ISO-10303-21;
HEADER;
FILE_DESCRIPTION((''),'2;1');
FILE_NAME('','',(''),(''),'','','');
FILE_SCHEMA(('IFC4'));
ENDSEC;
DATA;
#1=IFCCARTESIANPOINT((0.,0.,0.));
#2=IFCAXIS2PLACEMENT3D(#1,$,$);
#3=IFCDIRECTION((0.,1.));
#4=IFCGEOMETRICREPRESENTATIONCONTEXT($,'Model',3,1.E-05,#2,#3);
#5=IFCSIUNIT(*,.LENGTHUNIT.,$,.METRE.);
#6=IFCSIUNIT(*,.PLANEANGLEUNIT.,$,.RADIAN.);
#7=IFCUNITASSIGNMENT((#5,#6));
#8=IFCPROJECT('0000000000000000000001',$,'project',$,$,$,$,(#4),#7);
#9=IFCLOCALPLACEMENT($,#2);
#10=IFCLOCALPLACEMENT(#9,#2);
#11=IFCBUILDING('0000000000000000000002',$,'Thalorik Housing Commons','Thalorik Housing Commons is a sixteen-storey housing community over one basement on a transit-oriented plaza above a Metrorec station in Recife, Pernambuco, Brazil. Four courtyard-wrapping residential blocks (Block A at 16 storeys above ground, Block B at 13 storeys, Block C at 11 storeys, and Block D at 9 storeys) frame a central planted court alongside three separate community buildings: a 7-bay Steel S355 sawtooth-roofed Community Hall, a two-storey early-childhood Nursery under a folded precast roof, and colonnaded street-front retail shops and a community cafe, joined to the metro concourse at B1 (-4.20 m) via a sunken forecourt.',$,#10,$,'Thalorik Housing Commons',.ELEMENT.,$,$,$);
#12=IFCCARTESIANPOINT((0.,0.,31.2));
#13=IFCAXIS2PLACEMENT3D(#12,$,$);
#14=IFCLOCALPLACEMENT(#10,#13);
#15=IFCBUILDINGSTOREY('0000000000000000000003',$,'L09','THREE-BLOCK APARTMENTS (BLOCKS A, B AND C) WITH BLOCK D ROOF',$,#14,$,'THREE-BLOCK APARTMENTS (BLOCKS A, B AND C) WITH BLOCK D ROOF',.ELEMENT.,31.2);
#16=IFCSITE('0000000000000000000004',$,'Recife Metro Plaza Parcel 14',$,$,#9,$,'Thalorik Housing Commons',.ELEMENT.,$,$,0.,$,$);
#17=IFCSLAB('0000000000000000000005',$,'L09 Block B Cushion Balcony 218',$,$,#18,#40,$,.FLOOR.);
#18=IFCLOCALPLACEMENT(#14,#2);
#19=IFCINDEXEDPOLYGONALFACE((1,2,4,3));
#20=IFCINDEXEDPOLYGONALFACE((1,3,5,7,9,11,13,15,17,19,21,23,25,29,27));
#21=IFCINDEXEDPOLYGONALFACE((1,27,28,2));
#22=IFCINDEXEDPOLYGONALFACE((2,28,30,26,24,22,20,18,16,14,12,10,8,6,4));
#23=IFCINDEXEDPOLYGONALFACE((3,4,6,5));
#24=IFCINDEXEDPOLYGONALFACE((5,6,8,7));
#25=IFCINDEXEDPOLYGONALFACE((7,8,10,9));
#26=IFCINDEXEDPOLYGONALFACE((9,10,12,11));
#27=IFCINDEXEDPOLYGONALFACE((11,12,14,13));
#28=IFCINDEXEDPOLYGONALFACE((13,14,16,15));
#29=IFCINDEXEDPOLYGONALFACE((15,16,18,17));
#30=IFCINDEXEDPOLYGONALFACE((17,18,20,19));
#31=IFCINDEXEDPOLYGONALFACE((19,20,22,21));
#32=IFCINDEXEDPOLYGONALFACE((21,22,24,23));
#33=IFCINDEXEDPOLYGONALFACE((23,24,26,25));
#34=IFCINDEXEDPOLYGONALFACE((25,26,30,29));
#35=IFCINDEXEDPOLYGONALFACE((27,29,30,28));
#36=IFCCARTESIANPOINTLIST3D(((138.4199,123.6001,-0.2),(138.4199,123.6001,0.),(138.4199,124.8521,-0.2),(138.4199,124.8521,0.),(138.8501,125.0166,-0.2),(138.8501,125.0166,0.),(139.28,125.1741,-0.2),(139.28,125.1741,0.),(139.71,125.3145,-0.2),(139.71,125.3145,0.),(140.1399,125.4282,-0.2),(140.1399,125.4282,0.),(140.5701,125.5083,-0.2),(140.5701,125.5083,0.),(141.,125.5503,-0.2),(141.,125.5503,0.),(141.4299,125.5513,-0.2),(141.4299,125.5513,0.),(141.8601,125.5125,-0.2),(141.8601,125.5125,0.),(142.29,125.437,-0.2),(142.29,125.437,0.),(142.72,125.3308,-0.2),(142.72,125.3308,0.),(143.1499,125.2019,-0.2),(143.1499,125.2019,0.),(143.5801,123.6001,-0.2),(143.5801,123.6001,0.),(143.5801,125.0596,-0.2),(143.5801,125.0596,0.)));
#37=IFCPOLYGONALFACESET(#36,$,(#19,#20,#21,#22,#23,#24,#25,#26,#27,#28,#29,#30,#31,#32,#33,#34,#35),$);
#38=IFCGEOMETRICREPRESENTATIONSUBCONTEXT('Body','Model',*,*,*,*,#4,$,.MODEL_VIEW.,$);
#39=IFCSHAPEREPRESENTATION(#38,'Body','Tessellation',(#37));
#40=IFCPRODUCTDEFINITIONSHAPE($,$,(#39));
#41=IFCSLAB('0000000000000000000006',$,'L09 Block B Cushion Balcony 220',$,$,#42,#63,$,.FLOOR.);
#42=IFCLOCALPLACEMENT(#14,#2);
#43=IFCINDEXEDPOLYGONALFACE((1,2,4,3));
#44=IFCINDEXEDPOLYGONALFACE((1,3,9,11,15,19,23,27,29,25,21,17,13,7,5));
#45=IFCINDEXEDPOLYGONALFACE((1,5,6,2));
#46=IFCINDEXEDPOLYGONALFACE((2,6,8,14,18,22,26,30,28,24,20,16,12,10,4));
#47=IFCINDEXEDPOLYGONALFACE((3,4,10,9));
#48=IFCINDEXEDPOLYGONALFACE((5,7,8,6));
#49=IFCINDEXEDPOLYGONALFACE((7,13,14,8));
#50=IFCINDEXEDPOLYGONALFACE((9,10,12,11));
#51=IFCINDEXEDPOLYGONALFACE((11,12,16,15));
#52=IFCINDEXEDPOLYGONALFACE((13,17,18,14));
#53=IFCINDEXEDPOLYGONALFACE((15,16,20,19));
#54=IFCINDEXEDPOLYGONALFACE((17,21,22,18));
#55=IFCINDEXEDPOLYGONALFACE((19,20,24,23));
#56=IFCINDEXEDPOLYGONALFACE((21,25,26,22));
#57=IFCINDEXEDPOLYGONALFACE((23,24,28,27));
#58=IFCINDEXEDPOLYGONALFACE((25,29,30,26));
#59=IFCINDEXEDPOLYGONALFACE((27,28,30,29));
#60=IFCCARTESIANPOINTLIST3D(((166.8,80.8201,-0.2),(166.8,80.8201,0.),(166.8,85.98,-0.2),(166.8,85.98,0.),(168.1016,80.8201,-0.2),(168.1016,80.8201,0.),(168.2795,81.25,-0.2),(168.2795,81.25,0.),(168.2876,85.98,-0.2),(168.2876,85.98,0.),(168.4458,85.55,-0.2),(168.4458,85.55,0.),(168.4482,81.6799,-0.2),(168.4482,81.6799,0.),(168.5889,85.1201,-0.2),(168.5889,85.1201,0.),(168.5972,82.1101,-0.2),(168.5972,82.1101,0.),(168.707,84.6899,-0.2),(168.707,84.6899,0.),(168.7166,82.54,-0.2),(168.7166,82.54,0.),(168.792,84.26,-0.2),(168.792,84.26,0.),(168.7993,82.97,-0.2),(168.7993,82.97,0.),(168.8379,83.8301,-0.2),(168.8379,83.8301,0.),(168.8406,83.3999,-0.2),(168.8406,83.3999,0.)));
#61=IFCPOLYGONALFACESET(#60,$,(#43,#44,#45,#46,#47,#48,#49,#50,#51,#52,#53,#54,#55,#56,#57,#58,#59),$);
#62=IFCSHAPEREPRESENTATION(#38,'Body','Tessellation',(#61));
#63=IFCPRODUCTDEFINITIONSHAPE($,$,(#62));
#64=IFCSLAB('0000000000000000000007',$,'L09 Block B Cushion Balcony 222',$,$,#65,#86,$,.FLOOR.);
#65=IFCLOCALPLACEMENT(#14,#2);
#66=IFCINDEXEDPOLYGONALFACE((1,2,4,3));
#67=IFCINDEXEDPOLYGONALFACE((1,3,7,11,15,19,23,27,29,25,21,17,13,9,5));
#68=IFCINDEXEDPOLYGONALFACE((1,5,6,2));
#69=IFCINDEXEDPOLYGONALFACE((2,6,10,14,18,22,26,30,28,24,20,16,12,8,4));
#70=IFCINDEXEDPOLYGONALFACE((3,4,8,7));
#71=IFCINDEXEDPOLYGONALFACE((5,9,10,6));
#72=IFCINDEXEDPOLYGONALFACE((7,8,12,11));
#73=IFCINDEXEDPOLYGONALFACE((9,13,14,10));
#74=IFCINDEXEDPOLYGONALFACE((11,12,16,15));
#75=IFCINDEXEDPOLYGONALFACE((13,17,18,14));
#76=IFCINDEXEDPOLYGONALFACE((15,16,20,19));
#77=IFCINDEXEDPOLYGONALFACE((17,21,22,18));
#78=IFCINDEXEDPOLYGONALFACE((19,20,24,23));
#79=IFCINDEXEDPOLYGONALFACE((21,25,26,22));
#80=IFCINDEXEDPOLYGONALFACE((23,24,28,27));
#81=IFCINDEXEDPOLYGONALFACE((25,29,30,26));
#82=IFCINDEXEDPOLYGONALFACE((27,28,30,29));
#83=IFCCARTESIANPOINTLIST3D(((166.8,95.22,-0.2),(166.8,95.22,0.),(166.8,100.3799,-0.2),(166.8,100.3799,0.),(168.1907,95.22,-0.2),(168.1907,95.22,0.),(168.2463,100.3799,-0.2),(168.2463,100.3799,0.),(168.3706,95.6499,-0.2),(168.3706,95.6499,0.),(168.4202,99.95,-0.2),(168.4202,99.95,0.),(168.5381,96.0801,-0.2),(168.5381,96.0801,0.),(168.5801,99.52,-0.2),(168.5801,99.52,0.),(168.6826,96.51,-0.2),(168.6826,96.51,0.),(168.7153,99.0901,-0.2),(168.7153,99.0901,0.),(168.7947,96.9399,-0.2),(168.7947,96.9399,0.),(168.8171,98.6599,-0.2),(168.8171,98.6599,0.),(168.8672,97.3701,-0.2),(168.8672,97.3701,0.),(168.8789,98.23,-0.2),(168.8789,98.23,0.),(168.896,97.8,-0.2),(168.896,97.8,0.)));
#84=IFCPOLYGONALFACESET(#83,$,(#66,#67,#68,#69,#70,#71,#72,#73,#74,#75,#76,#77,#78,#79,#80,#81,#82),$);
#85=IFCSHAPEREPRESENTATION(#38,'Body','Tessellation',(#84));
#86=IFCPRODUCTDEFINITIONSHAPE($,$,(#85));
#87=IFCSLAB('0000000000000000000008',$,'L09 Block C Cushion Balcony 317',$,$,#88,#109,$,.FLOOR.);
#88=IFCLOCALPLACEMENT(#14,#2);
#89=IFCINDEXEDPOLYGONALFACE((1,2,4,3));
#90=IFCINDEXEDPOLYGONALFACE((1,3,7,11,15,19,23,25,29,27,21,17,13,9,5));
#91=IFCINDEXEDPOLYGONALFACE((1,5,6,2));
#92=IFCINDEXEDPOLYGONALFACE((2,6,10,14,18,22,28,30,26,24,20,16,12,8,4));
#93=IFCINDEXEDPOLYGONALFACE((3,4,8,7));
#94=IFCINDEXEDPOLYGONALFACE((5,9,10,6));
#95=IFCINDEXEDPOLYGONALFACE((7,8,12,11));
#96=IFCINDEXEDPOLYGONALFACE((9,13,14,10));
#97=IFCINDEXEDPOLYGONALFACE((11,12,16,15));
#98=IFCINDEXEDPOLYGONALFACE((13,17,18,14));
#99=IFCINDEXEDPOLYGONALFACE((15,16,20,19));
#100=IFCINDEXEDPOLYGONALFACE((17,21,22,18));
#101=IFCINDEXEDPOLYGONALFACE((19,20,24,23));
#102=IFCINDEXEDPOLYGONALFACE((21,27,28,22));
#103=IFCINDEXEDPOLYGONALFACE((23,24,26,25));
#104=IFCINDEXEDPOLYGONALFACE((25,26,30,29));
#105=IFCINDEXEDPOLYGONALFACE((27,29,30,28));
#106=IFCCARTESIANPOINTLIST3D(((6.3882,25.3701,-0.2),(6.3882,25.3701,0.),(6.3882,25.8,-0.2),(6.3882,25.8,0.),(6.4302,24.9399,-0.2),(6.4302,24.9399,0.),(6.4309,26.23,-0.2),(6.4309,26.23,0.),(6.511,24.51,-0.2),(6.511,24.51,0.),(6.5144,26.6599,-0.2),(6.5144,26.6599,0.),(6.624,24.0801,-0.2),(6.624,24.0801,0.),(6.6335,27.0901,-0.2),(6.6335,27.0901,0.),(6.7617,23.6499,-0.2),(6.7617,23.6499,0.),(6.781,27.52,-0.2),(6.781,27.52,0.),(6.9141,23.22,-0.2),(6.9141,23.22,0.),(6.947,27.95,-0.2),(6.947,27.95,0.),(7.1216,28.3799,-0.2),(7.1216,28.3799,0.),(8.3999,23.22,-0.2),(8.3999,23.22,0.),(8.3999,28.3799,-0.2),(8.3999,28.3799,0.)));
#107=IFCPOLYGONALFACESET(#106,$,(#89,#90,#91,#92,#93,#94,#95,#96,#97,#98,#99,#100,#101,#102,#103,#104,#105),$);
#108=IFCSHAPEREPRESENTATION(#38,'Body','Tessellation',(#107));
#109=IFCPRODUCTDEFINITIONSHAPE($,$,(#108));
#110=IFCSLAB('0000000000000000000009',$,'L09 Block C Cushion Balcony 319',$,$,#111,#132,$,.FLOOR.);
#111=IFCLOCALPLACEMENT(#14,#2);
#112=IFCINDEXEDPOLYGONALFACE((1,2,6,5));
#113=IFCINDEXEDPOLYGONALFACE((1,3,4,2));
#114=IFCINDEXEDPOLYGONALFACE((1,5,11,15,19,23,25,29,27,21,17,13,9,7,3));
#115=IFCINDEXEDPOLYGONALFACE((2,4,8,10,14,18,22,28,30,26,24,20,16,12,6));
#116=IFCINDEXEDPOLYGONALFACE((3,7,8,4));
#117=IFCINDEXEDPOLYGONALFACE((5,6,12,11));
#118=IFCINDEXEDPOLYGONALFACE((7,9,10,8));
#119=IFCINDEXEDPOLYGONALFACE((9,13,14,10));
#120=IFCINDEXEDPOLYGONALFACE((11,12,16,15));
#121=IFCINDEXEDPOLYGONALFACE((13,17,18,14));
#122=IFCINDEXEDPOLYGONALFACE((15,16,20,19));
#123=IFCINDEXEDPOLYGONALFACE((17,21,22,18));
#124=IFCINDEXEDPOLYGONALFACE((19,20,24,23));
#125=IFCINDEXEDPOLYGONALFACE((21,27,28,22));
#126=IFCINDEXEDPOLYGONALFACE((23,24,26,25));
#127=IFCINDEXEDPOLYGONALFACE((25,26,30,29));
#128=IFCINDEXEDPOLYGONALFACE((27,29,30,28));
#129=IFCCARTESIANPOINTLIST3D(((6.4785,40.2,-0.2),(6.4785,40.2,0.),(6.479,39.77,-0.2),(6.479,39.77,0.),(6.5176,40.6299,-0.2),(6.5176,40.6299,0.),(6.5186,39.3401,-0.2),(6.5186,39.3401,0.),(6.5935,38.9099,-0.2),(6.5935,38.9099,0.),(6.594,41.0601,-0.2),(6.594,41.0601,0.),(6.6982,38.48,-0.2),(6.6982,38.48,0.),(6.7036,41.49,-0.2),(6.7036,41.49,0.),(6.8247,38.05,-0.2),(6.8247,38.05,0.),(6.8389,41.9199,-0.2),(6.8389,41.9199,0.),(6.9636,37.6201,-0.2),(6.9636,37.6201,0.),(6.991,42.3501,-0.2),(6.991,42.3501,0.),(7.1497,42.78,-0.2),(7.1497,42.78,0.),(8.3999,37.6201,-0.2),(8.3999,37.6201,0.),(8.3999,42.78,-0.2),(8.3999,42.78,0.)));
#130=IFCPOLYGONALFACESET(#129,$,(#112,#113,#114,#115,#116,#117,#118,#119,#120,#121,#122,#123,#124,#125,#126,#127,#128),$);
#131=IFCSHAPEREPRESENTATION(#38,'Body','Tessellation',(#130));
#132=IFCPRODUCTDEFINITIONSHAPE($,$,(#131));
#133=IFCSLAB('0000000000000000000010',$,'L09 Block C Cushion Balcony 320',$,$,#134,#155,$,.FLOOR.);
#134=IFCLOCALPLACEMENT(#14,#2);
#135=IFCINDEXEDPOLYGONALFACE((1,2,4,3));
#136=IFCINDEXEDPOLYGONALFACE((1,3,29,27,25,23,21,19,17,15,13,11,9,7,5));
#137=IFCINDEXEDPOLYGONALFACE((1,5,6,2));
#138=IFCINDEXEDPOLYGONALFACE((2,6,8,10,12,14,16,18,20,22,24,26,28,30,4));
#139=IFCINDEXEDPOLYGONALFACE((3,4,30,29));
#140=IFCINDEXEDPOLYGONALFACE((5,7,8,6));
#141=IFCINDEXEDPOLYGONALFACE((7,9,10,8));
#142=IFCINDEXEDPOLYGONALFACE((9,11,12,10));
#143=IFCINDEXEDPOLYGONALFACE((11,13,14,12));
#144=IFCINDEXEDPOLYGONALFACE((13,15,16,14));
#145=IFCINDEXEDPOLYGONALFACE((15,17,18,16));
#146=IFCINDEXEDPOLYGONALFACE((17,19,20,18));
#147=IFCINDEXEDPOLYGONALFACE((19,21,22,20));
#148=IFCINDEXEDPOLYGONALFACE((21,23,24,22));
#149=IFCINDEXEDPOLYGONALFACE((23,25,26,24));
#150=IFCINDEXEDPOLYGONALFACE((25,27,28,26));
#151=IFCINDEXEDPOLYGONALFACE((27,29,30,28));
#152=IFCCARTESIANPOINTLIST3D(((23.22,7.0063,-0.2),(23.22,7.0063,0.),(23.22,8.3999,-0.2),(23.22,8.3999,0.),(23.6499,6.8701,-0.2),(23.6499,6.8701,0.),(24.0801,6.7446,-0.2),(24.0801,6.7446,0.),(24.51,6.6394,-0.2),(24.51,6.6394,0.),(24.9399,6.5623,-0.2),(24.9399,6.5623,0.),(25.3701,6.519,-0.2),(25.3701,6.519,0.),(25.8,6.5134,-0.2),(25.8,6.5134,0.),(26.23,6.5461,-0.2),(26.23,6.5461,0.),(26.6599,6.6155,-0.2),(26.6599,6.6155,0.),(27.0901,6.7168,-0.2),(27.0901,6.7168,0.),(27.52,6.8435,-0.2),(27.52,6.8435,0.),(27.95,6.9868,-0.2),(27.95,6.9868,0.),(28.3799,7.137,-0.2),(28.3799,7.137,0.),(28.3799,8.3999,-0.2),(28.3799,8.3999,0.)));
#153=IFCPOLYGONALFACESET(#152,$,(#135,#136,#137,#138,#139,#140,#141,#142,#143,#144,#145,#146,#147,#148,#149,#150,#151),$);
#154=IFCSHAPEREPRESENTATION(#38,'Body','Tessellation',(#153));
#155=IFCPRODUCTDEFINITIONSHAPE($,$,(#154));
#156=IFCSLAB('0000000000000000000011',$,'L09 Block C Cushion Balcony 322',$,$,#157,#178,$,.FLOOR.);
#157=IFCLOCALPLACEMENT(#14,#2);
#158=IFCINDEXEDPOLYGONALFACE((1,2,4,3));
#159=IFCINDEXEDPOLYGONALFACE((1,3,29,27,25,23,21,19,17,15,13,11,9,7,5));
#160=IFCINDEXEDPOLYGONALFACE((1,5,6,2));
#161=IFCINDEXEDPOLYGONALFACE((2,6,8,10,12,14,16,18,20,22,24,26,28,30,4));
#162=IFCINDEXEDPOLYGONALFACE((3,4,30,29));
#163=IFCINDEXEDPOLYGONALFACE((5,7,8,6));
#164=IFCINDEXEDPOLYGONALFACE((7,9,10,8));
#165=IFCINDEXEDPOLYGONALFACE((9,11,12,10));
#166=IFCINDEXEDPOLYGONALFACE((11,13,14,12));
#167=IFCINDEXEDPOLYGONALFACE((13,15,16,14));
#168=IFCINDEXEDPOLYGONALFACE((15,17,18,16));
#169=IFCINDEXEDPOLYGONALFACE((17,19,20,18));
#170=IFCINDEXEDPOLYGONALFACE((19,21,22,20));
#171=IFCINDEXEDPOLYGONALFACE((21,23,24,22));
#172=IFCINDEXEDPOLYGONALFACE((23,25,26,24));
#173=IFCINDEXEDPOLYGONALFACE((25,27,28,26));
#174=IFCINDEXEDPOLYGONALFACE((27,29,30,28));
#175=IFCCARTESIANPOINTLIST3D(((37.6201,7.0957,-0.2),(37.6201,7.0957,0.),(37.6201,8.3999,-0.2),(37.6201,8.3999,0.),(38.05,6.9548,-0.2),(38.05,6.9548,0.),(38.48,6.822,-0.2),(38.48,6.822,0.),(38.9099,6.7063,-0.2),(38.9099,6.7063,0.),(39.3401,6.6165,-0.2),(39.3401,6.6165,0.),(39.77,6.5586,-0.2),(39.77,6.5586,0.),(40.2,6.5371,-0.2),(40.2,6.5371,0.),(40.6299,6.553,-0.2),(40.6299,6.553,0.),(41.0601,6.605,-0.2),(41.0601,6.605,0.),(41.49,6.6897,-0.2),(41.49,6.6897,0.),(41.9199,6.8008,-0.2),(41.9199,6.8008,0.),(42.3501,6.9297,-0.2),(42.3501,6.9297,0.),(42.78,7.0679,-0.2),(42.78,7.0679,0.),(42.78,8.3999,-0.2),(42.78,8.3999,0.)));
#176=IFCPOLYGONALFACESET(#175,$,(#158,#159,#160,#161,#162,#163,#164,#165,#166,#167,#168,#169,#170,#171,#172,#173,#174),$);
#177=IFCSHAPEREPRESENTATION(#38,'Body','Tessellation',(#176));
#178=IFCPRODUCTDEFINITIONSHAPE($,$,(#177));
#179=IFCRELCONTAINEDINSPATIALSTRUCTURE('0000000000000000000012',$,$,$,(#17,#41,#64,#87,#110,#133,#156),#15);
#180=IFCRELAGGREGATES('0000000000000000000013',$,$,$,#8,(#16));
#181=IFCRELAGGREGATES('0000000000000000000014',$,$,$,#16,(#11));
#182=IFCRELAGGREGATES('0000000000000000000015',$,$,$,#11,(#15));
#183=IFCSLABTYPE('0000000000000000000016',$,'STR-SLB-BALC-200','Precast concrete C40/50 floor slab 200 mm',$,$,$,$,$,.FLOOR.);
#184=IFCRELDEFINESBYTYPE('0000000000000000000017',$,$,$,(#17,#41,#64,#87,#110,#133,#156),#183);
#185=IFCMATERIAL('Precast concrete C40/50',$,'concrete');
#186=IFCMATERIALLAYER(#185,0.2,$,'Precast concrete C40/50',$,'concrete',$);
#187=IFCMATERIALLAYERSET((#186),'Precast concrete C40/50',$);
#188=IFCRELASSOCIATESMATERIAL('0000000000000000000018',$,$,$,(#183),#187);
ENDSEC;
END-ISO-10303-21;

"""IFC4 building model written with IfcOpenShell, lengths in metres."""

from ifc_helpers import new_model, si_unit, direction, frame, origin, place, context, subcontext, project, spatial, polyline, outline, extrude, material, layer, layer_set, type_object, element, save


model = new_model("IFC4")

# Units and contexts
model_context = context("Model", 3, precision=1e-05, world=origin(), true_north=direction((0.0, 1.0)))
body_context = subcontext(model_context, "Body", "Model", "MODEL_VIEW")
ifc_project = project(units=[si_unit("LENGTHUNIT", "METRE"), si_unit("PLANEANGLEUNIT", "RADIAN")], contexts=[model_context])

# Site, building, storey
site_placement = place(None, origin())
site = spatial("IfcSite", under=ifc_project, at=site_placement, Name="Recife Metro Plaza Parcel 14", LongName="Thalorik Housing Commons", CompositionType="ELEMENT", RefElevation=0.0)
building_placement = place(site_placement, origin())
building = spatial("IfcBuilding", under=site, at=building_placement, Name="Thalorik Housing Commons", Description="Thalorik Housing Commons is a sixteen-storey housing community over one basement on a transit-oriented plaza above a Metrorec station in Recife, Pernambuco, Brazil. Four courtyard-wrapping residential blocks (Block A at 16 storeys above ground, Block B at 13 storeys, Block C at 11 storeys, and Block D at 9 storeys) frame a central planted court alongside three separate community buildings: a 7-bay Steel S355 sawtooth-roofed Community Hall, a two-storey early-childhood Nursery under a folded precast roof, and colonnaded street-front retail shops and a community cafe, joined to the metro concourse at B1 (-4.20 m) via a sunken forecourt.", LongName="Thalorik Housing Commons", CompositionType="ELEMENT")
storey_placement = place(building_placement, frame((0.0, 0.0, 31.2)))
storey = spatial("IfcBuildingStorey", under=building, at=storey_placement, Name="L09", Description="THREE-BLOCK APARTMENTS (BLOCKS A, B AND C) WITH BLOCK D ROOF", LongName="THREE-BLOCK APARTMENTS (BLOCKS A, B AND C) WITH BLOCK D ROOF", CompositionType="ELEMENT", Elevation=31.2)

# Slabs
ifc_material_1 = material(Name="Precast concrete C40/50", Category="concrete")
ifc_layer_1 = layer(ifc_material_1, 0.2, Name="Precast concrete C40/50", Category="concrete")
ifc_layer_set_1 = layer_set([ifc_layer_1], Name="Precast concrete C40/50")
slab_type_1 = type_object("IfcSlabType", Name="STR-SLB-BALC-200", Description="Precast concrete C40/50 floor slab 200 mm", PredefinedType="FLOOR", material=ifc_layer_set_1)
slab_1_placement = place(storey_placement, frame((0.0, 0.0, -0.2)))
element("IfcSlab", 1, at=slab_1_placement, inside=storey, type_object=slab_type_1, Name="L09 Block B Cushion Balcony 218", PredefinedType="FLOOR", context=body_context, shape_type="SweptSolid", body=[
    extrude(outline(polyline([(138.4199, 123.6001), (143.5801, 123.6001), (143.5801, 125.0596), (143.1499, 125.2019), (142.72, 125.3308), (142.29, 125.437), (141.8601, 125.5125), (141.4299, 125.5513), (141.0, 125.5503), (140.5701, 125.5083), (140.1399, 125.4282), (139.71, 125.3145), (139.28, 125.1741), (138.8501, 125.0166), (138.4199, 124.8521), (138.4199, 123.6001)])), origin(), (0.0, 0.0, 1.0), 0.2),
])
slab_2_placement = place(storey_placement, frame((0.0, 0.0, -0.2)))
element("IfcSlab", 2, at=slab_2_placement, inside=storey, type_object=slab_type_1, Name="L09 Block B Cushion Balcony 220", PredefinedType="FLOOR", context=body_context, shape_type="SweptSolid", body=[
    extrude(outline(polyline([(168.1016, 80.8201), (168.2795, 81.25), (168.4482, 81.6799), (168.5972, 82.1101), (168.7166, 82.54), (168.7993, 82.97), (168.8406, 83.3999), (168.8379, 83.8301), (168.792, 84.26), (168.707, 84.6899), (168.5889, 85.1201), (168.4458, 85.55), (168.2876, 85.98), (166.8, 85.98), (166.8, 80.8201), (168.1016, 80.8201)])), origin(), (0.0, 0.0, 1.0), 0.2),
])
slab_3_placement = place(storey_placement, frame((0.0, 0.0, -0.2)))
element("IfcSlab", 3, at=slab_3_placement, inside=storey, type_object=slab_type_1, Name="L09 Block B Cushion Balcony 222", PredefinedType="FLOOR", context=body_context, shape_type="SweptSolid", body=[
    extrude(outline(polyline([(168.1907, 95.22), (168.3706, 95.6499), (168.5381, 96.0801), (168.6826, 96.51), (168.7947, 96.9399), (168.8672, 97.3701), (168.896, 97.8), (168.8789, 98.23), (168.8171, 98.6599), (168.7153, 99.0901), (168.5801, 99.52), (168.4202, 99.95), (168.2463, 100.3799), (166.8, 100.3799), (166.8, 95.22), (168.1907, 95.22)])), origin(), (0.0, 0.0, 1.0), 0.2),
])
slab_4_placement = place(storey_placement, frame((0.0, 0.0, -0.2)))
element("IfcSlab", 4, at=slab_4_placement, inside=storey, type_object=slab_type_1, Name="L09 Block C Cushion Balcony 317", PredefinedType="FLOOR", context=body_context, shape_type="SweptSolid", body=[
    extrude(outline(polyline([(8.3999, 23.22), (8.3999, 28.3799), (7.1216, 28.3799), (6.947, 27.95), (6.781, 27.52), (6.6335, 27.0901), (6.5144, 26.6599), (6.4309, 26.23), (6.3882, 25.8), (6.3882, 25.3701), (6.4302, 24.9399), (6.511, 24.51), (6.624, 24.0801), (6.7617, 23.6499), (6.9141, 23.22), (8.3999, 23.22)])), origin(), (0.0, 0.0, 1.0), 0.2),
])
slab_5_placement = place(storey_placement, frame((0.0, 0.0, -0.2)))
element("IfcSlab", 5, at=slab_5_placement, inside=storey, type_object=slab_type_1, Name="L09 Block C Cushion Balcony 319", PredefinedType="FLOOR", context=body_context, shape_type="SweptSolid", body=[
    extrude(outline(polyline([(8.3999, 37.6201), (8.3999, 42.78), (7.1497, 42.78), (6.991, 42.3501), (6.8389, 41.9199), (6.7036, 41.49), (6.594, 41.0601), (6.5176, 40.6299), (6.4785, 40.2), (6.479, 39.77), (6.5186, 39.3401), (6.5935, 38.9099), (6.6982, 38.48), (6.8247, 38.05), (6.9636, 37.6201), (8.3999, 37.6201)])), origin(), (0.0, 0.0, 1.0), 0.2),
])
slab_6_placement = place(storey_placement, frame((0.0, 0.0, -0.2)))
element("IfcSlab", 6, at=slab_6_placement, inside=storey, type_object=slab_type_1, Name="L09 Block C Cushion Balcony 320", PredefinedType="FLOOR", context=body_context, shape_type="SweptSolid", body=[
    extrude(outline(polyline([(23.22, 7.0063), (23.6499, 6.8701), (24.0801, 6.7446), (24.51, 6.6394), (24.9399, 6.5623), (25.3701, 6.519), (25.8, 6.5134), (26.23, 6.5461), (26.6599, 6.6155), (27.0901, 6.7168), (27.52, 6.8435), (27.95, 6.9868), (28.3799, 7.137), (28.3799, 8.3999), (23.22, 8.3999), (23.22, 7.0063)])), origin(), (0.0, 0.0, 1.0), 0.2),
])
slab_7_placement = place(storey_placement, frame((0.0, 0.0, -0.2)))
element("IfcSlab", 7, at=slab_7_placement, inside=storey, type_object=slab_type_1, Name="L09 Block C Cushion Balcony 322", PredefinedType="FLOOR", context=body_context, shape_type="SweptSolid", body=[
    extrude(outline(polyline([(37.6201, 7.0957), (38.05, 6.9548), (38.48, 6.822), (38.9099, 6.7063), (39.3401, 6.6165), (39.77, 6.5586), (40.2, 6.5371), (40.6299, 6.553), (41.0601, 6.605), (41.49, 6.6897), (41.9199, 6.8008), (42.3501, 6.9297), (42.78, 7.0679), (42.78, 8.3999), (37.6201, 8.3999), (37.6201, 7.0957)])), origin(), (0.0, 0.0, 1.0), 0.2),
])

save(model, "model.ifc")
